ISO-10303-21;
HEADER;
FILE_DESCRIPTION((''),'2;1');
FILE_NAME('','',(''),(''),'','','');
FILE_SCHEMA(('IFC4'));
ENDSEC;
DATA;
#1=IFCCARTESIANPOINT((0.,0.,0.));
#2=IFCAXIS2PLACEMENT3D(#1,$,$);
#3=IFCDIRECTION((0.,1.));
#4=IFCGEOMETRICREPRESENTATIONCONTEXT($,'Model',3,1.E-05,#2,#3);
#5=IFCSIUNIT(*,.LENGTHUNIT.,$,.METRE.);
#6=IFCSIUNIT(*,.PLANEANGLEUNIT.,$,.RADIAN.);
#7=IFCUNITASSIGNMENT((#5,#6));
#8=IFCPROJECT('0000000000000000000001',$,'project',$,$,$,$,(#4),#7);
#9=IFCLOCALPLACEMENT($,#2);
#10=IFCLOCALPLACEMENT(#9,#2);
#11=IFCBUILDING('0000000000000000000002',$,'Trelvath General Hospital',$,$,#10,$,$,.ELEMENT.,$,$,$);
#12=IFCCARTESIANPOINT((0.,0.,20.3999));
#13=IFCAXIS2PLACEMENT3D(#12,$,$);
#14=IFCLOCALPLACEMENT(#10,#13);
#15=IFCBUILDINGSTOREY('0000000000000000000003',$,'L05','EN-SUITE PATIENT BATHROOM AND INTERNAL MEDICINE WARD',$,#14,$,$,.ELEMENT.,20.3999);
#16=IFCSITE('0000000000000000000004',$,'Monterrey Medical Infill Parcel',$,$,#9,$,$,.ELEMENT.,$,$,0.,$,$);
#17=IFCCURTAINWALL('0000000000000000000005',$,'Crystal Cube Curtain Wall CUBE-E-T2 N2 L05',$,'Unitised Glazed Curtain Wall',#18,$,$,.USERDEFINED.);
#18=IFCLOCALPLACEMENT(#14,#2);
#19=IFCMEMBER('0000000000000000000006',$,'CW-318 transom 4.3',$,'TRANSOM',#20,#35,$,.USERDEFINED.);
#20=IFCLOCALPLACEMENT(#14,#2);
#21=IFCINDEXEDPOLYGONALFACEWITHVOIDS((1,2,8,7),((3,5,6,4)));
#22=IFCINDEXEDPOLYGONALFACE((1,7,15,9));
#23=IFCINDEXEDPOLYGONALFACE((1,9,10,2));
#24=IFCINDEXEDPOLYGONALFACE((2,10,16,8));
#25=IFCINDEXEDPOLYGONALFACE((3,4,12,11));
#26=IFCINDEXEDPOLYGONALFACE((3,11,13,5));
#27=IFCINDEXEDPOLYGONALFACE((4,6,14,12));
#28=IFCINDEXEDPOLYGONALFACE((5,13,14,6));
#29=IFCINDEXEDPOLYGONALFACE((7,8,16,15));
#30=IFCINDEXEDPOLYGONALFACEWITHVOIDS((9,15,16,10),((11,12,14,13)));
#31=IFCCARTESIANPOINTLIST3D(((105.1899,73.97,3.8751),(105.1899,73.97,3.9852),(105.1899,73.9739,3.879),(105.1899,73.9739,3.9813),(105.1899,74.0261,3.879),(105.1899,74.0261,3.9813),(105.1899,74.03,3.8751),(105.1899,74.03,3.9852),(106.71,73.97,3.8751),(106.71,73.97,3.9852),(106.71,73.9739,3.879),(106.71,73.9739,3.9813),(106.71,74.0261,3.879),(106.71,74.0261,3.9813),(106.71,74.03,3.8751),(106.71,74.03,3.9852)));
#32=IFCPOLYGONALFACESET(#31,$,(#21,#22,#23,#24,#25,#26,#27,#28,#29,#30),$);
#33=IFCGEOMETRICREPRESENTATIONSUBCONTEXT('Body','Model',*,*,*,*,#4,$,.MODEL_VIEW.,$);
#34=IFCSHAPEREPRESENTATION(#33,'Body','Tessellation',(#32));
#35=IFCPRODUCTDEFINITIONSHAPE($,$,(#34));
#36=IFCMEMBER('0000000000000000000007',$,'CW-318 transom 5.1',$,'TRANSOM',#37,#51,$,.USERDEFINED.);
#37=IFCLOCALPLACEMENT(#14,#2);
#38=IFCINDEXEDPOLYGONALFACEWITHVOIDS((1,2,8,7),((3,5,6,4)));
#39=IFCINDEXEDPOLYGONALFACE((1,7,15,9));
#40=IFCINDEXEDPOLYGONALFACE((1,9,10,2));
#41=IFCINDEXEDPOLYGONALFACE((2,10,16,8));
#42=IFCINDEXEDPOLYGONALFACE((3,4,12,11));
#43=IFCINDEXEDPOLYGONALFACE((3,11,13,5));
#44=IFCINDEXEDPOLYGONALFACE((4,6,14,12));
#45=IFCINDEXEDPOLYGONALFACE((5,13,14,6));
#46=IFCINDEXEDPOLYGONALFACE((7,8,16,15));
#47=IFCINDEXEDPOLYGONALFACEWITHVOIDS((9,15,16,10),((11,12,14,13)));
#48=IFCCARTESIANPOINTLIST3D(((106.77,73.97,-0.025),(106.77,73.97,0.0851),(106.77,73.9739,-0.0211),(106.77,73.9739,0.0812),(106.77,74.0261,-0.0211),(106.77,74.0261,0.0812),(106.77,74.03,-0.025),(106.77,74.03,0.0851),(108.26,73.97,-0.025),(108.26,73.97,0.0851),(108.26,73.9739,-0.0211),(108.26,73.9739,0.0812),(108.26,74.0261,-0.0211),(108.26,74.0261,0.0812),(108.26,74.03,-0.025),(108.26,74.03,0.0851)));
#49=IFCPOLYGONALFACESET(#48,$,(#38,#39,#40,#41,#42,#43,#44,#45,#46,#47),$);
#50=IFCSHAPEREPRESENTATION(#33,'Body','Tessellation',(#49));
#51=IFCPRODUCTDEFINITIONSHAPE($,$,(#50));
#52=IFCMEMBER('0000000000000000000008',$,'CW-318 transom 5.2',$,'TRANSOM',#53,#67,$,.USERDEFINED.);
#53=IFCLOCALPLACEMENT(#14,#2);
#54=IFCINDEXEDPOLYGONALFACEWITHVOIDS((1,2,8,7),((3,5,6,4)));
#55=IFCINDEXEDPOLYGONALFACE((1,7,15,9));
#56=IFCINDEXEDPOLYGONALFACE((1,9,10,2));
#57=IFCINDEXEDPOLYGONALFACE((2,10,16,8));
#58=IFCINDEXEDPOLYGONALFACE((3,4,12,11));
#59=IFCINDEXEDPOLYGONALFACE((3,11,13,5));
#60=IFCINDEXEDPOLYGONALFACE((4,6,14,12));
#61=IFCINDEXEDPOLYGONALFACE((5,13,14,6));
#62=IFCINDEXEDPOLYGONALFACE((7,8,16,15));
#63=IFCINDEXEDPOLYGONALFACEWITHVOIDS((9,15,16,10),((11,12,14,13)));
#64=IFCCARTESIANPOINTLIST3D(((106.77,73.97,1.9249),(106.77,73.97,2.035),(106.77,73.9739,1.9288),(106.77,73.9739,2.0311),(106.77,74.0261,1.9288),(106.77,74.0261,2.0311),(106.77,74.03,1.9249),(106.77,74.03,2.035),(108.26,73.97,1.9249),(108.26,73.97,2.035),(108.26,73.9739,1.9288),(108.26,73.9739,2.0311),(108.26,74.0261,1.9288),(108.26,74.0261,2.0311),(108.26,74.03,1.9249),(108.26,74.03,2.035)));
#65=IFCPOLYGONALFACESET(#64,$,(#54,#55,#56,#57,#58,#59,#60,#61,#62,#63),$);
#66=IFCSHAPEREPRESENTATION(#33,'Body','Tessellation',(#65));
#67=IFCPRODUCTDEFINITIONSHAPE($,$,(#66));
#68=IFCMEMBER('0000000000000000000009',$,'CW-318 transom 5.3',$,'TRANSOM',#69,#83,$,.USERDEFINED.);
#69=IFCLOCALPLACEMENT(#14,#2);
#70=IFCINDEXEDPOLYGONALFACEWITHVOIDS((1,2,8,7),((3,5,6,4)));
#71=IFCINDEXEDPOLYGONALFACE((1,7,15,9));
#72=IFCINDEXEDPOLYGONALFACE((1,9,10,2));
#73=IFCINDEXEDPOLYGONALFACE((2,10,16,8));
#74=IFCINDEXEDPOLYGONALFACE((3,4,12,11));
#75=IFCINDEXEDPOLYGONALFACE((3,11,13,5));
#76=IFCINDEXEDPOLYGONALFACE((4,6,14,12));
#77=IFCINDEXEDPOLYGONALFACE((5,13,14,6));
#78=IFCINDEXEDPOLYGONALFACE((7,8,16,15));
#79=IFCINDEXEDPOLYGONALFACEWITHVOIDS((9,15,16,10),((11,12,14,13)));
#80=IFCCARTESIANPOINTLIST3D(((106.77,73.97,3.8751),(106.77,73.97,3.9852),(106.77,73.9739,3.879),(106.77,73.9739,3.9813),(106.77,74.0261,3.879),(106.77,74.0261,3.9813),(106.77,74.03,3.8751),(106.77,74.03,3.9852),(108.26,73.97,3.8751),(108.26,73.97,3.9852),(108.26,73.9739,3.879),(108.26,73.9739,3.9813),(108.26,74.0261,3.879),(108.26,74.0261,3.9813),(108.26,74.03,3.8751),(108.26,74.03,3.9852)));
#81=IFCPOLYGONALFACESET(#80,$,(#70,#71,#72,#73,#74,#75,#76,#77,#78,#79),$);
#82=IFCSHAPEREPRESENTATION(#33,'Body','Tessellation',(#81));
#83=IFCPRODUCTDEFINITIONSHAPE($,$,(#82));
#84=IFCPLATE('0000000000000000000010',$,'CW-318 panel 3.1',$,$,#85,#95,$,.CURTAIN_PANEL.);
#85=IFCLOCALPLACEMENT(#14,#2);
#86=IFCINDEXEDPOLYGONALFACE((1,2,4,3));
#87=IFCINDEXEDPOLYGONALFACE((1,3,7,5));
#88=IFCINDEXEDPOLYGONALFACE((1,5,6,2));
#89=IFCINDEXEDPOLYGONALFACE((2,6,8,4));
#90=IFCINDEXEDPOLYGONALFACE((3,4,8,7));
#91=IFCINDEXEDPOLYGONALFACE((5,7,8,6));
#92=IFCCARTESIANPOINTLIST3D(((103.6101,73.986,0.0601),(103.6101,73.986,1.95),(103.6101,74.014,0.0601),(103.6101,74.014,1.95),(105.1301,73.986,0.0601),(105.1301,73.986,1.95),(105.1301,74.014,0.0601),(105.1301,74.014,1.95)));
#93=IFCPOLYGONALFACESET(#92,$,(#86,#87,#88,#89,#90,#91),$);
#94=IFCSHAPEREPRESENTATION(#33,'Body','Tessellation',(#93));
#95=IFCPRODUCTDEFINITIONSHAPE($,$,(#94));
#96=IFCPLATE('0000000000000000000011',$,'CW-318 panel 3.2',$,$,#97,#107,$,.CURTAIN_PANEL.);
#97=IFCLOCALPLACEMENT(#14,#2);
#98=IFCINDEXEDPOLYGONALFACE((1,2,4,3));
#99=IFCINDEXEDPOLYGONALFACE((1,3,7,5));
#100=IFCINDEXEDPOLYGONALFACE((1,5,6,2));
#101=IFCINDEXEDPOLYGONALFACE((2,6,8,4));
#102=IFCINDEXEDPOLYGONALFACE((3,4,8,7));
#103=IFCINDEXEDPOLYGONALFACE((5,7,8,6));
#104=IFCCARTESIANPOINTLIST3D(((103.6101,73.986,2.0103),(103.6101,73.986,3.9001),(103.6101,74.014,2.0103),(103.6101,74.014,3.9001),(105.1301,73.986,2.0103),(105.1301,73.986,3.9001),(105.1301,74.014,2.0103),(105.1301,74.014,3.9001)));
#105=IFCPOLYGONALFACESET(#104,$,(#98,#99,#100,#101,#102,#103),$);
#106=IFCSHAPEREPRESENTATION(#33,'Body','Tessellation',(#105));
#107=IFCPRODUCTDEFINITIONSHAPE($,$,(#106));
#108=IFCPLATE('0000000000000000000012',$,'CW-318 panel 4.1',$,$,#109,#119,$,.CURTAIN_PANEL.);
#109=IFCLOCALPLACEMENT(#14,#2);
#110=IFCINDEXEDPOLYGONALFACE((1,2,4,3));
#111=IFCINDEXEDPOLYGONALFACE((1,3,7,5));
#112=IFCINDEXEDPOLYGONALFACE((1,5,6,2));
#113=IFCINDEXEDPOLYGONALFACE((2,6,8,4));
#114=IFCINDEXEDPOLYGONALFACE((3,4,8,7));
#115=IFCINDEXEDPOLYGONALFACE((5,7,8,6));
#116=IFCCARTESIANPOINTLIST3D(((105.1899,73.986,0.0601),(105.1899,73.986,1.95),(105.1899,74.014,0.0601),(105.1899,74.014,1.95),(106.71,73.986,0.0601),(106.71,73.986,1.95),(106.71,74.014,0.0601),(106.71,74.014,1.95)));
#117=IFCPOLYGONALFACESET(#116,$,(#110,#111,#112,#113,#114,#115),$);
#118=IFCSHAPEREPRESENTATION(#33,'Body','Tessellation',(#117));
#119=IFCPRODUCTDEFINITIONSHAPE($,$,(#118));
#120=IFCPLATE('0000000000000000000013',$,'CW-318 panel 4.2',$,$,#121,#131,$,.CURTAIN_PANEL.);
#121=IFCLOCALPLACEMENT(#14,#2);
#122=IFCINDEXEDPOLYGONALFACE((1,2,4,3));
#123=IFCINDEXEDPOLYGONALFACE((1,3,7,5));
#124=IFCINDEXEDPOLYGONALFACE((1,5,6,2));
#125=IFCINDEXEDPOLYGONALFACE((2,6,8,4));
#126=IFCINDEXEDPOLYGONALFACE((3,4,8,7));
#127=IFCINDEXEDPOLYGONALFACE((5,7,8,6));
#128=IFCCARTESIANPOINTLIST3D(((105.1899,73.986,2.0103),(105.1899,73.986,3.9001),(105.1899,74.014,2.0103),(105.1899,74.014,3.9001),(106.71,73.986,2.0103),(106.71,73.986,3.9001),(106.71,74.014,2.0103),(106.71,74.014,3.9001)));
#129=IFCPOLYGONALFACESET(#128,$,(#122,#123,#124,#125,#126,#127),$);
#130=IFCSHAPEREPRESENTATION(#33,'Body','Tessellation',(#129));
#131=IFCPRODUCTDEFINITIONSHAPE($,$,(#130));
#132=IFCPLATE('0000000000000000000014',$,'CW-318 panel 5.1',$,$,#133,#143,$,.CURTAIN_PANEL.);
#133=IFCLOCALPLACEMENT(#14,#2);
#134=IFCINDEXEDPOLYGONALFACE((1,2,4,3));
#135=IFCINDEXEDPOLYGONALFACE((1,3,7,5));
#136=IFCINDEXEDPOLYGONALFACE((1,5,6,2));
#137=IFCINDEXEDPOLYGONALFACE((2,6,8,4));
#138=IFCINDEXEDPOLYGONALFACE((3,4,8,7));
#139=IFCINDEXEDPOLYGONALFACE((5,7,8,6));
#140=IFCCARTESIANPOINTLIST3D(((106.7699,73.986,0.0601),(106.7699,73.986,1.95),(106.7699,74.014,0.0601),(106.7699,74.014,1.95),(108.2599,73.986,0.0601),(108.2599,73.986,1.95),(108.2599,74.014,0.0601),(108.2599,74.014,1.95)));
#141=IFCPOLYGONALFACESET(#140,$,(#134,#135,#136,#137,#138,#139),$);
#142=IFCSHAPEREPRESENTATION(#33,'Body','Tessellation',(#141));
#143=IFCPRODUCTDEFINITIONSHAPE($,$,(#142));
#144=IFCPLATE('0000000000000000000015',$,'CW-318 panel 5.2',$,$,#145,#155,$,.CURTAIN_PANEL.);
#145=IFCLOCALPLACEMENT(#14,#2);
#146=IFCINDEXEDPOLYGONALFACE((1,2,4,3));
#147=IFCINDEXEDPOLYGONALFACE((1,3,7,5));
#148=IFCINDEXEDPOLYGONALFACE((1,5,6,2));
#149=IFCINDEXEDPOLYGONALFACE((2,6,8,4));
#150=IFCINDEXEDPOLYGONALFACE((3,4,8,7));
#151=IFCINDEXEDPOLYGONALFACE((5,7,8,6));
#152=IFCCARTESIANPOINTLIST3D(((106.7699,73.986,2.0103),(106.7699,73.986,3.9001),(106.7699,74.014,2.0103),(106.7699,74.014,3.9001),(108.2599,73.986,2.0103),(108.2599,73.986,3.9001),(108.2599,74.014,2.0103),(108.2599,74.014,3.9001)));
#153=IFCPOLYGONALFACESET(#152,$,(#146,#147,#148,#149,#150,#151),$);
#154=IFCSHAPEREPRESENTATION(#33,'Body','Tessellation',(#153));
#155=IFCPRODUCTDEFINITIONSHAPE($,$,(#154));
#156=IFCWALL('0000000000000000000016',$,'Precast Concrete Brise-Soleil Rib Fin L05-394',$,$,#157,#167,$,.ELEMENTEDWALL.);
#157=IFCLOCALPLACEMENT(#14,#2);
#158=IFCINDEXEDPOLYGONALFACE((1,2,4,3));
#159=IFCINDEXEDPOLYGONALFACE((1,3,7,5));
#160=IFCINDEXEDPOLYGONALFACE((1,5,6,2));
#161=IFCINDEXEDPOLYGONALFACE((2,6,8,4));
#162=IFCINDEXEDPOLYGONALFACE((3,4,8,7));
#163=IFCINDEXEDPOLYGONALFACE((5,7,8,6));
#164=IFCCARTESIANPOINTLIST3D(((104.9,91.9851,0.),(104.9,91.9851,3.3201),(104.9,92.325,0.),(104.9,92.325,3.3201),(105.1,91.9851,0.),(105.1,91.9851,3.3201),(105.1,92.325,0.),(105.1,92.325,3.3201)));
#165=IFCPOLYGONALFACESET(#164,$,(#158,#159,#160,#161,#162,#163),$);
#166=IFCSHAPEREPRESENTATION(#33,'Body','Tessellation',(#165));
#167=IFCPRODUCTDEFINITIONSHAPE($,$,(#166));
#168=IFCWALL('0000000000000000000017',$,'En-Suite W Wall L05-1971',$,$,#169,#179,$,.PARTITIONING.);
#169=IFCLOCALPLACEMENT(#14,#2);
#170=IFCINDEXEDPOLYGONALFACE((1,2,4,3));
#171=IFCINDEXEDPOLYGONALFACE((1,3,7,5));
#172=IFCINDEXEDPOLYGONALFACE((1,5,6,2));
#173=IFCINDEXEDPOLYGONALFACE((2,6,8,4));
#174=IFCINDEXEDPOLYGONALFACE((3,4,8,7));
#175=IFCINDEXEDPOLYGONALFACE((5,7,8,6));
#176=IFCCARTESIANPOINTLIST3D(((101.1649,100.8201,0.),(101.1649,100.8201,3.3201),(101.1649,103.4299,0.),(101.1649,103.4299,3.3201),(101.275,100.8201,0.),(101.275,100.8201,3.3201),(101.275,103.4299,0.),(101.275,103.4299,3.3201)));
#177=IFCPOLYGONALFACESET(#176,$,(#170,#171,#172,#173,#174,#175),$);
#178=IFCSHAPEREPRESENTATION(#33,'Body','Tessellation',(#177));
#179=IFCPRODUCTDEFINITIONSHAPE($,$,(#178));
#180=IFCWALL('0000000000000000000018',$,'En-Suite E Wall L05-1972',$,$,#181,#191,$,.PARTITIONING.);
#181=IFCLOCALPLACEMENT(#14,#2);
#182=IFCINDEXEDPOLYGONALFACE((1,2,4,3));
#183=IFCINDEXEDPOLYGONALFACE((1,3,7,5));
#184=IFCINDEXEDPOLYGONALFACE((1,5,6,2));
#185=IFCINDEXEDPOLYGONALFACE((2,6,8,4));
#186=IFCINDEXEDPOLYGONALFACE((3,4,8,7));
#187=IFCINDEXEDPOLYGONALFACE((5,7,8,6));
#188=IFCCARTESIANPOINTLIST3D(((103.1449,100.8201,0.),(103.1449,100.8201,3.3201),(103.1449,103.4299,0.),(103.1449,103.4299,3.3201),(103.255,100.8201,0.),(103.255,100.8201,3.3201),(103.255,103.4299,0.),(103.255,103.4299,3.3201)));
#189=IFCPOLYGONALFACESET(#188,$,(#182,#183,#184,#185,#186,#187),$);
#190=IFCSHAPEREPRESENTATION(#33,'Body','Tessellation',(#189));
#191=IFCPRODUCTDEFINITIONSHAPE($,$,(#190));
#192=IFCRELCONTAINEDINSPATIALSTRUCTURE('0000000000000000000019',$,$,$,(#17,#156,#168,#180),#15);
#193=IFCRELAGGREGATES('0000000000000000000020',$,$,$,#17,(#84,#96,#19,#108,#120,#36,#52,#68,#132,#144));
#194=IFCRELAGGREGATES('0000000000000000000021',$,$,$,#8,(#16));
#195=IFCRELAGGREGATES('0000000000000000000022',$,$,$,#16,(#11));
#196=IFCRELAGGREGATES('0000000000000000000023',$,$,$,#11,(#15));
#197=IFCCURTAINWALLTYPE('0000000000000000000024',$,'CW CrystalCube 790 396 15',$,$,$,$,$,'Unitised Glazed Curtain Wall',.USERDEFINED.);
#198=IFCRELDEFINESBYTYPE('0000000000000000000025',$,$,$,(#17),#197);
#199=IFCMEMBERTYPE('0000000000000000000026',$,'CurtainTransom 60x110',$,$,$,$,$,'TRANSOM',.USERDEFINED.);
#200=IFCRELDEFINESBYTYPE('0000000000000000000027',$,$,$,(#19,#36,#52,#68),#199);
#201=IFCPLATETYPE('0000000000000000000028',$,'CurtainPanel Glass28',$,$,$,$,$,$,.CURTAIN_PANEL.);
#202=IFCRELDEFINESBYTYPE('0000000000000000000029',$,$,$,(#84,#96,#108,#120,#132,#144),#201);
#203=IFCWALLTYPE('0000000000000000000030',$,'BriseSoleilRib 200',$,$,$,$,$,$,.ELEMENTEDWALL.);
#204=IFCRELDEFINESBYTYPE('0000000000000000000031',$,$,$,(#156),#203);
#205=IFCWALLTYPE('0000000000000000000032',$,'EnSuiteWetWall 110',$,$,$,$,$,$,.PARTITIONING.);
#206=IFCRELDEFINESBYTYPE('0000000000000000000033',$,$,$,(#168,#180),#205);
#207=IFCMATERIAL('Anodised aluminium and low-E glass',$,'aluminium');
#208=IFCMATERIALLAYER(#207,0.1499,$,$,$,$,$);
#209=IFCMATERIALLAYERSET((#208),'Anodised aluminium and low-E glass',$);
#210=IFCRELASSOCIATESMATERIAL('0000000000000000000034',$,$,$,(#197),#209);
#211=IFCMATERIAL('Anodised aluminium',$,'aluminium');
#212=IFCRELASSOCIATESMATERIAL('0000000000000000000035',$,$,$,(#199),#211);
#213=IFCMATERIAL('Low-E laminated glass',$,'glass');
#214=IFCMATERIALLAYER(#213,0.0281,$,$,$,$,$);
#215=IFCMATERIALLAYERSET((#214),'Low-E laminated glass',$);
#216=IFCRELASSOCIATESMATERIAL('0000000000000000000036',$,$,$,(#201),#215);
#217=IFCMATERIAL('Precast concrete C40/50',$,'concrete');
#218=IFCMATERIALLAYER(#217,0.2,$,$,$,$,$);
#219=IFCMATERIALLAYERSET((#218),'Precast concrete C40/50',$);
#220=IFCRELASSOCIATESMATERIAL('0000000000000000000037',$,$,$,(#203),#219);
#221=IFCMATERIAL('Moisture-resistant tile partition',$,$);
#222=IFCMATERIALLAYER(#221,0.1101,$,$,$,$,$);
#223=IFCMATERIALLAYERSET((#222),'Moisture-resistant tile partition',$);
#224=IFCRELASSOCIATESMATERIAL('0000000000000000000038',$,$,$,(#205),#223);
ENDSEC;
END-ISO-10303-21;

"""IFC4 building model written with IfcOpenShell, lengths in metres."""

from ifc_helpers import new_model, si_unit, direction, frame, frame_2d, origin, origin_2d, place, context, subcontext, project, spatial, rectangle, hollow_rectangle, extrude, material, layer, layer_set, material_profile, profile_set, type_object, element, aggregate, save


model = new_model("IFC4")

# Units and contexts
model_context = context("Model", 3, precision=1e-05, world=origin(), true_north=direction((0.0, 1.0)))
body_context = subcontext(model_context, "Body", "Model", "MODEL_VIEW")
ifc_project = project(units=[si_unit("LENGTHUNIT", "METRE"), si_unit("PLANEANGLEUNIT", "RADIAN")], contexts=[model_context])

# Site, building, storey
site_placement = place(None, origin())
site = spatial("IfcSite", under=ifc_project, at=site_placement, Name="Monterrey Medical Infill Parcel", CompositionType="ELEMENT", RefElevation=0.0)
building_placement = place(site_placement, origin())
building = spatial("IfcBuilding", under=site, at=building_placement, Name="Trelvath General Hospital", CompositionType="ELEMENT")
storey_placement = place(building_placement, frame((0.0, 0.0, 20.3999)))
storey = spatial("IfcBuildingStorey", under=building, at=storey_placement, Name="L05", Description="EN-SUITE PATIENT BATHROOM AND INTERNAL MEDICINE WARD", CompositionType="ELEMENT", Elevation=20.3999)

# Curtain wall, members, plates
ifc_material_1 = material(Name="Anodised aluminium and low-E glass", Category="aluminium")
ifc_layer_1 = layer(ifc_material_1, 0.1499)
ifc_layer_set_1 = layer_set([ifc_layer_1], Name="Anodised aluminium and low-E glass")
curtain_wall_type = type_object("IfcCurtainWallType", Name="CW CrystalCube 790 396 15", ElementType="Unitised Glazed Curtain Wall", PredefinedType="USERDEFINED", material=ifc_layer_set_1)
curtain_wall_placement = place(storey_placement, origin())
curtain_wall = element("IfcCurtainWall", 1, at=curtain_wall_placement, inside=storey, type_object=curtain_wall_type, Name="Crystal Cube Curtain Wall CUBE-E-T2 N2 L05", ObjectType="Unitised Glazed Curtain Wall", PredefinedType="USERDEFINED")
ifc_material_2 = material(Name="Anodised aluminium", Category="aluminium")
ifc_material_profile_1 = material_profile(ifc_material_2, hollow_rectangle(XDim=0.0601, YDim=0.1101, WallThickness=0.0039, at=origin_2d()), Name="RHS60x110x4")
ifc_profile_set_1 = profile_set([ifc_material_profile_1], Name="Anodised aluminium")
member_type_1 = type_object("IfcMemberType", Name="CurtainTransom 60x110", ElementType="TRANSOM", PredefinedType="USERDEFINED", material=ifc_profile_set_1)
member_1_placement = place(storey_placement, frame((105.1899, 74.0, 3.9302), z_axis=(1.0, 0.0, 0.0), x_axis=(0.0, 1.0, 0.0)))
member_1 = element("IfcMember", 2, at=member_1_placement, type_object=member_type_1, Name="CW-318 transom 4.3", ObjectType="TRANSOM", PredefinedType="USERDEFINED", context=body_context, shape_type="SweptSolid", body=[
    extrude(hollow_rectangle(XDim=0.0601, YDim=0.1101, WallThickness=0.0039, at=origin_2d()), origin(), (0.0, 0.0, 1.0), 1.52),
])
member_2_placement = place(storey_placement, frame((106.77, 74.0, 0.03), z_axis=(1.0, 0.0, 0.0), x_axis=(0.0, 1.0, 0.0)))
member_2 = element("IfcMember", 3, at=member_2_placement, type_object=member_type_1, Name="CW-318 transom 5.1", ObjectType="TRANSOM", PredefinedType="USERDEFINED", context=body_context, shape_type="SweptSolid", body=[
    extrude(hollow_rectangle(XDim=0.0601, YDim=0.1101, WallThickness=0.0039, at=origin_2d()), origin(), (0.0, 0.0, 1.0), 1.49),
])
member_3_placement = place(storey_placement, frame((106.77, 74.0, 1.98), z_axis=(1.0, 0.0, 0.0), x_axis=(0.0, 1.0, 0.0)))
member_3 = element("IfcMember", 4, at=member_3_placement, type_object=member_type_1, Name="CW-318 transom 5.2", ObjectType="TRANSOM", PredefinedType="USERDEFINED", context=body_context, shape_type="SweptSolid", body=[
    extrude(hollow_rectangle(XDim=0.0601, YDim=0.1101, WallThickness=0.0039, at=origin_2d()), origin(), (0.0, 0.0, 1.0), 1.49),
])
member_4_placement = place(storey_placement, frame((106.77, 74.0, 3.9302), z_axis=(1.0, 0.0, 0.0), x_axis=(0.0, 1.0, 0.0)))
member_4 = element("IfcMember", 5, at=member_4_placement, type_object=member_type_1, Name="CW-318 transom 5.3", ObjectType="TRANSOM", PredefinedType="USERDEFINED", context=body_context, shape_type="SweptSolid", body=[
    extrude(hollow_rectangle(XDim=0.0601, YDim=0.1101, WallThickness=0.0039, at=origin_2d()), origin(), (0.0, 0.0, 1.0), 1.49),
])
ifc_material_3 = material(Name="Low-E laminated glass", Category="glass")
ifc_layer_2 = layer(ifc_material_3, 0.0281)
ifc_layer_set_2 = layer_set([ifc_layer_2], Name="Low-E laminated glass")
plate_type = type_object("IfcPlateType", Name="CurtainPanel Glass28", PredefinedType="CURTAIN_PANEL", material=ifc_layer_set_2)
plate_1_placement = place(storey_placement, frame((104.3701, 74.0, 0.0601), z_axis=(0.0, 0.0, 1.0), x_axis=(1.0, 0.0, 0.0)))
plate_1 = element("IfcPlate", 6, at=plate_1_placement, type_object=plate_type, Name="CW-318 panel 3.1", PredefinedType="CURTAIN_PANEL", context=body_context, shape_type="SweptSolid", body=[
    extrude(rectangle(XDim=1.52, YDim=0.0281, at=origin_2d()), origin(), (0.0, 0.0, 1.0), 1.8899),
])
plate_2_placement = place(storey_placement, frame((104.3701, 74.0, 2.0103), z_axis=(0.0, 0.0, 1.0), x_axis=(1.0, 0.0, 0.0)))
plate_2 = element("IfcPlate", 7, at=plate_2_placement, type_object=plate_type, Name="CW-318 panel 3.2", PredefinedType="CURTAIN_PANEL", context=body_context, shape_type="SweptSolid", body=[
    extrude(rectangle(XDim=1.52, YDim=0.0281, at=origin_2d()), origin(), (0.0, 0.0, 1.0), 1.8899),
])
plate_3_placement = place(storey_placement, frame((105.95, 74.0, 0.0601), z_axis=(0.0, 0.0, 1.0), x_axis=(1.0, 0.0, 0.0)))
plate_3 = element("IfcPlate", 8, at=plate_3_placement, type_object=plate_type, Name="CW-318 panel 4.1", PredefinedType="CURTAIN_PANEL", context=body_context, shape_type="SweptSolid", body=[
    extrude(rectangle(XDim=1.52, YDim=0.0281, at=origin_2d()), origin(), (0.0, 0.0, 1.0), 1.8899),
])
plate_4_placement = place(storey_placement, frame((105.95, 74.0, 2.0103), z_axis=(0.0, 0.0, 1.0), x_axis=(1.0, 0.0, 0.0)))
plate_4 = element("IfcPlate", 9, at=plate_4_placement, type_object=plate_type, Name="CW-318 panel 4.2", PredefinedType="CURTAIN_PANEL", context=body_context, shape_type="SweptSolid", body=[
    extrude(rectangle(XDim=1.52, YDim=0.0281, at=origin_2d()), origin(), (0.0, 0.0, 1.0), 1.8899),
])
plate_5_placement = place(storey_placement, frame((107.5149, 74.0, 0.0601), z_axis=(0.0, 0.0, 1.0), x_axis=(1.0, 0.0, 0.0)))
plate_5 = element("IfcPlate", 10, at=plate_5_placement, type_object=plate_type, Name="CW-318 panel 5.1", PredefinedType="CURTAIN_PANEL", context=body_context, shape_type="SweptSolid", body=[
    extrude(rectangle(XDim=1.49, YDim=0.0281, at=origin_2d()), origin(), (0.0, 0.0, 1.0), 1.8899),
])
plate_6_placement = place(storey_placement, frame((107.5149, 74.0, 2.0103), z_axis=(0.0, 0.0, 1.0), x_axis=(1.0, 0.0, 0.0)))
plate_6 = element("IfcPlate", 11, at=plate_6_placement, type_object=plate_type, Name="CW-318 panel 5.2", PredefinedType="CURTAIN_PANEL", context=body_context, shape_type="SweptSolid", body=[
    extrude(rectangle(XDim=1.49, YDim=0.0281, at=origin_2d()), origin(), (0.0, 0.0, 1.0), 1.8899),
])
aggregate(curtain_wall, [plate_1, plate_2, member_1, plate_3, plate_4, member_2, member_3, member_4, plate_5, plate_6])

# Walls
ifc_material_4 = material(Name="Precast concrete C40/50", Category="concrete")
ifc_layer_3 = layer(ifc_material_4, 0.2)
ifc_layer_set_3 = layer_set([ifc_layer_3], Name="Precast concrete C40/50")
wall_type_1 = type_object("IfcWallType", Name="BriseSoleilRib 200", PredefinedType="ELEMENTEDWALL", material=ifc_layer_set_3)
wall_1_placement = place(storey_placement, frame((105.0, 92.325, 0.0), z_axis=(0.0, 0.0, 1.0), x_axis=(0.0, -1.0, 0.0)))
element("IfcWall", 12, at=wall_1_placement, inside=storey, type_object=wall_type_1, Name="Precast Concrete Brise-Soleil Rib Fin L05-394", PredefinedType="ELEMENTEDWALL", context=body_context, shape_type="SweptSolid", body=[
    extrude(rectangle(XDim=0.3398, YDim=0.2, at=frame_2d((0.1699, 0.0))), origin(), (0.0, 0.0, 1.0), 3.3201),
])
ifc_material_5 = material(Name="Moisture-resistant tile partition")
ifc_layer_4 = layer(ifc_material_5, 0.1101)
ifc_layer_set_4 = layer_set([ifc_layer_4], Name="Moisture-resistant tile partition")
wall_type_2 = type_object("IfcWallType", Name="EnSuiteWetWall 110", PredefinedType="PARTITIONING", material=ifc_layer_set_4)
for number, where, z_axis, x_axis, name in (
    (13, (101.22, 100.8201, 0.0), (0.0, 0.0, 1.0), (0.0, 1.0, 0.0), "En-Suite W Wall L05-1971"),
    (14, (103.2, 100.8201, 0.0), (0.0, 0.0, 1.0), (0.0, 1.0, 0.0), "En-Suite E Wall L05-1972"),
):
    element("IfcWall", number, at=place(storey_placement, frame(where, z_axis=z_axis, x_axis=x_axis)), inside=storey, type_object=wall_type_2, Name=name, PredefinedType="PARTITIONING", context=body_context, shape_type="SweptSolid", body=[
        extrude(rectangle(XDim=2.6099, YDim=0.1101, at=frame_2d((1.3049, 0.0))), origin(), (0.0, 0.0, 1.0), 3.3201),
    ])

save(model, "model.ifc")
